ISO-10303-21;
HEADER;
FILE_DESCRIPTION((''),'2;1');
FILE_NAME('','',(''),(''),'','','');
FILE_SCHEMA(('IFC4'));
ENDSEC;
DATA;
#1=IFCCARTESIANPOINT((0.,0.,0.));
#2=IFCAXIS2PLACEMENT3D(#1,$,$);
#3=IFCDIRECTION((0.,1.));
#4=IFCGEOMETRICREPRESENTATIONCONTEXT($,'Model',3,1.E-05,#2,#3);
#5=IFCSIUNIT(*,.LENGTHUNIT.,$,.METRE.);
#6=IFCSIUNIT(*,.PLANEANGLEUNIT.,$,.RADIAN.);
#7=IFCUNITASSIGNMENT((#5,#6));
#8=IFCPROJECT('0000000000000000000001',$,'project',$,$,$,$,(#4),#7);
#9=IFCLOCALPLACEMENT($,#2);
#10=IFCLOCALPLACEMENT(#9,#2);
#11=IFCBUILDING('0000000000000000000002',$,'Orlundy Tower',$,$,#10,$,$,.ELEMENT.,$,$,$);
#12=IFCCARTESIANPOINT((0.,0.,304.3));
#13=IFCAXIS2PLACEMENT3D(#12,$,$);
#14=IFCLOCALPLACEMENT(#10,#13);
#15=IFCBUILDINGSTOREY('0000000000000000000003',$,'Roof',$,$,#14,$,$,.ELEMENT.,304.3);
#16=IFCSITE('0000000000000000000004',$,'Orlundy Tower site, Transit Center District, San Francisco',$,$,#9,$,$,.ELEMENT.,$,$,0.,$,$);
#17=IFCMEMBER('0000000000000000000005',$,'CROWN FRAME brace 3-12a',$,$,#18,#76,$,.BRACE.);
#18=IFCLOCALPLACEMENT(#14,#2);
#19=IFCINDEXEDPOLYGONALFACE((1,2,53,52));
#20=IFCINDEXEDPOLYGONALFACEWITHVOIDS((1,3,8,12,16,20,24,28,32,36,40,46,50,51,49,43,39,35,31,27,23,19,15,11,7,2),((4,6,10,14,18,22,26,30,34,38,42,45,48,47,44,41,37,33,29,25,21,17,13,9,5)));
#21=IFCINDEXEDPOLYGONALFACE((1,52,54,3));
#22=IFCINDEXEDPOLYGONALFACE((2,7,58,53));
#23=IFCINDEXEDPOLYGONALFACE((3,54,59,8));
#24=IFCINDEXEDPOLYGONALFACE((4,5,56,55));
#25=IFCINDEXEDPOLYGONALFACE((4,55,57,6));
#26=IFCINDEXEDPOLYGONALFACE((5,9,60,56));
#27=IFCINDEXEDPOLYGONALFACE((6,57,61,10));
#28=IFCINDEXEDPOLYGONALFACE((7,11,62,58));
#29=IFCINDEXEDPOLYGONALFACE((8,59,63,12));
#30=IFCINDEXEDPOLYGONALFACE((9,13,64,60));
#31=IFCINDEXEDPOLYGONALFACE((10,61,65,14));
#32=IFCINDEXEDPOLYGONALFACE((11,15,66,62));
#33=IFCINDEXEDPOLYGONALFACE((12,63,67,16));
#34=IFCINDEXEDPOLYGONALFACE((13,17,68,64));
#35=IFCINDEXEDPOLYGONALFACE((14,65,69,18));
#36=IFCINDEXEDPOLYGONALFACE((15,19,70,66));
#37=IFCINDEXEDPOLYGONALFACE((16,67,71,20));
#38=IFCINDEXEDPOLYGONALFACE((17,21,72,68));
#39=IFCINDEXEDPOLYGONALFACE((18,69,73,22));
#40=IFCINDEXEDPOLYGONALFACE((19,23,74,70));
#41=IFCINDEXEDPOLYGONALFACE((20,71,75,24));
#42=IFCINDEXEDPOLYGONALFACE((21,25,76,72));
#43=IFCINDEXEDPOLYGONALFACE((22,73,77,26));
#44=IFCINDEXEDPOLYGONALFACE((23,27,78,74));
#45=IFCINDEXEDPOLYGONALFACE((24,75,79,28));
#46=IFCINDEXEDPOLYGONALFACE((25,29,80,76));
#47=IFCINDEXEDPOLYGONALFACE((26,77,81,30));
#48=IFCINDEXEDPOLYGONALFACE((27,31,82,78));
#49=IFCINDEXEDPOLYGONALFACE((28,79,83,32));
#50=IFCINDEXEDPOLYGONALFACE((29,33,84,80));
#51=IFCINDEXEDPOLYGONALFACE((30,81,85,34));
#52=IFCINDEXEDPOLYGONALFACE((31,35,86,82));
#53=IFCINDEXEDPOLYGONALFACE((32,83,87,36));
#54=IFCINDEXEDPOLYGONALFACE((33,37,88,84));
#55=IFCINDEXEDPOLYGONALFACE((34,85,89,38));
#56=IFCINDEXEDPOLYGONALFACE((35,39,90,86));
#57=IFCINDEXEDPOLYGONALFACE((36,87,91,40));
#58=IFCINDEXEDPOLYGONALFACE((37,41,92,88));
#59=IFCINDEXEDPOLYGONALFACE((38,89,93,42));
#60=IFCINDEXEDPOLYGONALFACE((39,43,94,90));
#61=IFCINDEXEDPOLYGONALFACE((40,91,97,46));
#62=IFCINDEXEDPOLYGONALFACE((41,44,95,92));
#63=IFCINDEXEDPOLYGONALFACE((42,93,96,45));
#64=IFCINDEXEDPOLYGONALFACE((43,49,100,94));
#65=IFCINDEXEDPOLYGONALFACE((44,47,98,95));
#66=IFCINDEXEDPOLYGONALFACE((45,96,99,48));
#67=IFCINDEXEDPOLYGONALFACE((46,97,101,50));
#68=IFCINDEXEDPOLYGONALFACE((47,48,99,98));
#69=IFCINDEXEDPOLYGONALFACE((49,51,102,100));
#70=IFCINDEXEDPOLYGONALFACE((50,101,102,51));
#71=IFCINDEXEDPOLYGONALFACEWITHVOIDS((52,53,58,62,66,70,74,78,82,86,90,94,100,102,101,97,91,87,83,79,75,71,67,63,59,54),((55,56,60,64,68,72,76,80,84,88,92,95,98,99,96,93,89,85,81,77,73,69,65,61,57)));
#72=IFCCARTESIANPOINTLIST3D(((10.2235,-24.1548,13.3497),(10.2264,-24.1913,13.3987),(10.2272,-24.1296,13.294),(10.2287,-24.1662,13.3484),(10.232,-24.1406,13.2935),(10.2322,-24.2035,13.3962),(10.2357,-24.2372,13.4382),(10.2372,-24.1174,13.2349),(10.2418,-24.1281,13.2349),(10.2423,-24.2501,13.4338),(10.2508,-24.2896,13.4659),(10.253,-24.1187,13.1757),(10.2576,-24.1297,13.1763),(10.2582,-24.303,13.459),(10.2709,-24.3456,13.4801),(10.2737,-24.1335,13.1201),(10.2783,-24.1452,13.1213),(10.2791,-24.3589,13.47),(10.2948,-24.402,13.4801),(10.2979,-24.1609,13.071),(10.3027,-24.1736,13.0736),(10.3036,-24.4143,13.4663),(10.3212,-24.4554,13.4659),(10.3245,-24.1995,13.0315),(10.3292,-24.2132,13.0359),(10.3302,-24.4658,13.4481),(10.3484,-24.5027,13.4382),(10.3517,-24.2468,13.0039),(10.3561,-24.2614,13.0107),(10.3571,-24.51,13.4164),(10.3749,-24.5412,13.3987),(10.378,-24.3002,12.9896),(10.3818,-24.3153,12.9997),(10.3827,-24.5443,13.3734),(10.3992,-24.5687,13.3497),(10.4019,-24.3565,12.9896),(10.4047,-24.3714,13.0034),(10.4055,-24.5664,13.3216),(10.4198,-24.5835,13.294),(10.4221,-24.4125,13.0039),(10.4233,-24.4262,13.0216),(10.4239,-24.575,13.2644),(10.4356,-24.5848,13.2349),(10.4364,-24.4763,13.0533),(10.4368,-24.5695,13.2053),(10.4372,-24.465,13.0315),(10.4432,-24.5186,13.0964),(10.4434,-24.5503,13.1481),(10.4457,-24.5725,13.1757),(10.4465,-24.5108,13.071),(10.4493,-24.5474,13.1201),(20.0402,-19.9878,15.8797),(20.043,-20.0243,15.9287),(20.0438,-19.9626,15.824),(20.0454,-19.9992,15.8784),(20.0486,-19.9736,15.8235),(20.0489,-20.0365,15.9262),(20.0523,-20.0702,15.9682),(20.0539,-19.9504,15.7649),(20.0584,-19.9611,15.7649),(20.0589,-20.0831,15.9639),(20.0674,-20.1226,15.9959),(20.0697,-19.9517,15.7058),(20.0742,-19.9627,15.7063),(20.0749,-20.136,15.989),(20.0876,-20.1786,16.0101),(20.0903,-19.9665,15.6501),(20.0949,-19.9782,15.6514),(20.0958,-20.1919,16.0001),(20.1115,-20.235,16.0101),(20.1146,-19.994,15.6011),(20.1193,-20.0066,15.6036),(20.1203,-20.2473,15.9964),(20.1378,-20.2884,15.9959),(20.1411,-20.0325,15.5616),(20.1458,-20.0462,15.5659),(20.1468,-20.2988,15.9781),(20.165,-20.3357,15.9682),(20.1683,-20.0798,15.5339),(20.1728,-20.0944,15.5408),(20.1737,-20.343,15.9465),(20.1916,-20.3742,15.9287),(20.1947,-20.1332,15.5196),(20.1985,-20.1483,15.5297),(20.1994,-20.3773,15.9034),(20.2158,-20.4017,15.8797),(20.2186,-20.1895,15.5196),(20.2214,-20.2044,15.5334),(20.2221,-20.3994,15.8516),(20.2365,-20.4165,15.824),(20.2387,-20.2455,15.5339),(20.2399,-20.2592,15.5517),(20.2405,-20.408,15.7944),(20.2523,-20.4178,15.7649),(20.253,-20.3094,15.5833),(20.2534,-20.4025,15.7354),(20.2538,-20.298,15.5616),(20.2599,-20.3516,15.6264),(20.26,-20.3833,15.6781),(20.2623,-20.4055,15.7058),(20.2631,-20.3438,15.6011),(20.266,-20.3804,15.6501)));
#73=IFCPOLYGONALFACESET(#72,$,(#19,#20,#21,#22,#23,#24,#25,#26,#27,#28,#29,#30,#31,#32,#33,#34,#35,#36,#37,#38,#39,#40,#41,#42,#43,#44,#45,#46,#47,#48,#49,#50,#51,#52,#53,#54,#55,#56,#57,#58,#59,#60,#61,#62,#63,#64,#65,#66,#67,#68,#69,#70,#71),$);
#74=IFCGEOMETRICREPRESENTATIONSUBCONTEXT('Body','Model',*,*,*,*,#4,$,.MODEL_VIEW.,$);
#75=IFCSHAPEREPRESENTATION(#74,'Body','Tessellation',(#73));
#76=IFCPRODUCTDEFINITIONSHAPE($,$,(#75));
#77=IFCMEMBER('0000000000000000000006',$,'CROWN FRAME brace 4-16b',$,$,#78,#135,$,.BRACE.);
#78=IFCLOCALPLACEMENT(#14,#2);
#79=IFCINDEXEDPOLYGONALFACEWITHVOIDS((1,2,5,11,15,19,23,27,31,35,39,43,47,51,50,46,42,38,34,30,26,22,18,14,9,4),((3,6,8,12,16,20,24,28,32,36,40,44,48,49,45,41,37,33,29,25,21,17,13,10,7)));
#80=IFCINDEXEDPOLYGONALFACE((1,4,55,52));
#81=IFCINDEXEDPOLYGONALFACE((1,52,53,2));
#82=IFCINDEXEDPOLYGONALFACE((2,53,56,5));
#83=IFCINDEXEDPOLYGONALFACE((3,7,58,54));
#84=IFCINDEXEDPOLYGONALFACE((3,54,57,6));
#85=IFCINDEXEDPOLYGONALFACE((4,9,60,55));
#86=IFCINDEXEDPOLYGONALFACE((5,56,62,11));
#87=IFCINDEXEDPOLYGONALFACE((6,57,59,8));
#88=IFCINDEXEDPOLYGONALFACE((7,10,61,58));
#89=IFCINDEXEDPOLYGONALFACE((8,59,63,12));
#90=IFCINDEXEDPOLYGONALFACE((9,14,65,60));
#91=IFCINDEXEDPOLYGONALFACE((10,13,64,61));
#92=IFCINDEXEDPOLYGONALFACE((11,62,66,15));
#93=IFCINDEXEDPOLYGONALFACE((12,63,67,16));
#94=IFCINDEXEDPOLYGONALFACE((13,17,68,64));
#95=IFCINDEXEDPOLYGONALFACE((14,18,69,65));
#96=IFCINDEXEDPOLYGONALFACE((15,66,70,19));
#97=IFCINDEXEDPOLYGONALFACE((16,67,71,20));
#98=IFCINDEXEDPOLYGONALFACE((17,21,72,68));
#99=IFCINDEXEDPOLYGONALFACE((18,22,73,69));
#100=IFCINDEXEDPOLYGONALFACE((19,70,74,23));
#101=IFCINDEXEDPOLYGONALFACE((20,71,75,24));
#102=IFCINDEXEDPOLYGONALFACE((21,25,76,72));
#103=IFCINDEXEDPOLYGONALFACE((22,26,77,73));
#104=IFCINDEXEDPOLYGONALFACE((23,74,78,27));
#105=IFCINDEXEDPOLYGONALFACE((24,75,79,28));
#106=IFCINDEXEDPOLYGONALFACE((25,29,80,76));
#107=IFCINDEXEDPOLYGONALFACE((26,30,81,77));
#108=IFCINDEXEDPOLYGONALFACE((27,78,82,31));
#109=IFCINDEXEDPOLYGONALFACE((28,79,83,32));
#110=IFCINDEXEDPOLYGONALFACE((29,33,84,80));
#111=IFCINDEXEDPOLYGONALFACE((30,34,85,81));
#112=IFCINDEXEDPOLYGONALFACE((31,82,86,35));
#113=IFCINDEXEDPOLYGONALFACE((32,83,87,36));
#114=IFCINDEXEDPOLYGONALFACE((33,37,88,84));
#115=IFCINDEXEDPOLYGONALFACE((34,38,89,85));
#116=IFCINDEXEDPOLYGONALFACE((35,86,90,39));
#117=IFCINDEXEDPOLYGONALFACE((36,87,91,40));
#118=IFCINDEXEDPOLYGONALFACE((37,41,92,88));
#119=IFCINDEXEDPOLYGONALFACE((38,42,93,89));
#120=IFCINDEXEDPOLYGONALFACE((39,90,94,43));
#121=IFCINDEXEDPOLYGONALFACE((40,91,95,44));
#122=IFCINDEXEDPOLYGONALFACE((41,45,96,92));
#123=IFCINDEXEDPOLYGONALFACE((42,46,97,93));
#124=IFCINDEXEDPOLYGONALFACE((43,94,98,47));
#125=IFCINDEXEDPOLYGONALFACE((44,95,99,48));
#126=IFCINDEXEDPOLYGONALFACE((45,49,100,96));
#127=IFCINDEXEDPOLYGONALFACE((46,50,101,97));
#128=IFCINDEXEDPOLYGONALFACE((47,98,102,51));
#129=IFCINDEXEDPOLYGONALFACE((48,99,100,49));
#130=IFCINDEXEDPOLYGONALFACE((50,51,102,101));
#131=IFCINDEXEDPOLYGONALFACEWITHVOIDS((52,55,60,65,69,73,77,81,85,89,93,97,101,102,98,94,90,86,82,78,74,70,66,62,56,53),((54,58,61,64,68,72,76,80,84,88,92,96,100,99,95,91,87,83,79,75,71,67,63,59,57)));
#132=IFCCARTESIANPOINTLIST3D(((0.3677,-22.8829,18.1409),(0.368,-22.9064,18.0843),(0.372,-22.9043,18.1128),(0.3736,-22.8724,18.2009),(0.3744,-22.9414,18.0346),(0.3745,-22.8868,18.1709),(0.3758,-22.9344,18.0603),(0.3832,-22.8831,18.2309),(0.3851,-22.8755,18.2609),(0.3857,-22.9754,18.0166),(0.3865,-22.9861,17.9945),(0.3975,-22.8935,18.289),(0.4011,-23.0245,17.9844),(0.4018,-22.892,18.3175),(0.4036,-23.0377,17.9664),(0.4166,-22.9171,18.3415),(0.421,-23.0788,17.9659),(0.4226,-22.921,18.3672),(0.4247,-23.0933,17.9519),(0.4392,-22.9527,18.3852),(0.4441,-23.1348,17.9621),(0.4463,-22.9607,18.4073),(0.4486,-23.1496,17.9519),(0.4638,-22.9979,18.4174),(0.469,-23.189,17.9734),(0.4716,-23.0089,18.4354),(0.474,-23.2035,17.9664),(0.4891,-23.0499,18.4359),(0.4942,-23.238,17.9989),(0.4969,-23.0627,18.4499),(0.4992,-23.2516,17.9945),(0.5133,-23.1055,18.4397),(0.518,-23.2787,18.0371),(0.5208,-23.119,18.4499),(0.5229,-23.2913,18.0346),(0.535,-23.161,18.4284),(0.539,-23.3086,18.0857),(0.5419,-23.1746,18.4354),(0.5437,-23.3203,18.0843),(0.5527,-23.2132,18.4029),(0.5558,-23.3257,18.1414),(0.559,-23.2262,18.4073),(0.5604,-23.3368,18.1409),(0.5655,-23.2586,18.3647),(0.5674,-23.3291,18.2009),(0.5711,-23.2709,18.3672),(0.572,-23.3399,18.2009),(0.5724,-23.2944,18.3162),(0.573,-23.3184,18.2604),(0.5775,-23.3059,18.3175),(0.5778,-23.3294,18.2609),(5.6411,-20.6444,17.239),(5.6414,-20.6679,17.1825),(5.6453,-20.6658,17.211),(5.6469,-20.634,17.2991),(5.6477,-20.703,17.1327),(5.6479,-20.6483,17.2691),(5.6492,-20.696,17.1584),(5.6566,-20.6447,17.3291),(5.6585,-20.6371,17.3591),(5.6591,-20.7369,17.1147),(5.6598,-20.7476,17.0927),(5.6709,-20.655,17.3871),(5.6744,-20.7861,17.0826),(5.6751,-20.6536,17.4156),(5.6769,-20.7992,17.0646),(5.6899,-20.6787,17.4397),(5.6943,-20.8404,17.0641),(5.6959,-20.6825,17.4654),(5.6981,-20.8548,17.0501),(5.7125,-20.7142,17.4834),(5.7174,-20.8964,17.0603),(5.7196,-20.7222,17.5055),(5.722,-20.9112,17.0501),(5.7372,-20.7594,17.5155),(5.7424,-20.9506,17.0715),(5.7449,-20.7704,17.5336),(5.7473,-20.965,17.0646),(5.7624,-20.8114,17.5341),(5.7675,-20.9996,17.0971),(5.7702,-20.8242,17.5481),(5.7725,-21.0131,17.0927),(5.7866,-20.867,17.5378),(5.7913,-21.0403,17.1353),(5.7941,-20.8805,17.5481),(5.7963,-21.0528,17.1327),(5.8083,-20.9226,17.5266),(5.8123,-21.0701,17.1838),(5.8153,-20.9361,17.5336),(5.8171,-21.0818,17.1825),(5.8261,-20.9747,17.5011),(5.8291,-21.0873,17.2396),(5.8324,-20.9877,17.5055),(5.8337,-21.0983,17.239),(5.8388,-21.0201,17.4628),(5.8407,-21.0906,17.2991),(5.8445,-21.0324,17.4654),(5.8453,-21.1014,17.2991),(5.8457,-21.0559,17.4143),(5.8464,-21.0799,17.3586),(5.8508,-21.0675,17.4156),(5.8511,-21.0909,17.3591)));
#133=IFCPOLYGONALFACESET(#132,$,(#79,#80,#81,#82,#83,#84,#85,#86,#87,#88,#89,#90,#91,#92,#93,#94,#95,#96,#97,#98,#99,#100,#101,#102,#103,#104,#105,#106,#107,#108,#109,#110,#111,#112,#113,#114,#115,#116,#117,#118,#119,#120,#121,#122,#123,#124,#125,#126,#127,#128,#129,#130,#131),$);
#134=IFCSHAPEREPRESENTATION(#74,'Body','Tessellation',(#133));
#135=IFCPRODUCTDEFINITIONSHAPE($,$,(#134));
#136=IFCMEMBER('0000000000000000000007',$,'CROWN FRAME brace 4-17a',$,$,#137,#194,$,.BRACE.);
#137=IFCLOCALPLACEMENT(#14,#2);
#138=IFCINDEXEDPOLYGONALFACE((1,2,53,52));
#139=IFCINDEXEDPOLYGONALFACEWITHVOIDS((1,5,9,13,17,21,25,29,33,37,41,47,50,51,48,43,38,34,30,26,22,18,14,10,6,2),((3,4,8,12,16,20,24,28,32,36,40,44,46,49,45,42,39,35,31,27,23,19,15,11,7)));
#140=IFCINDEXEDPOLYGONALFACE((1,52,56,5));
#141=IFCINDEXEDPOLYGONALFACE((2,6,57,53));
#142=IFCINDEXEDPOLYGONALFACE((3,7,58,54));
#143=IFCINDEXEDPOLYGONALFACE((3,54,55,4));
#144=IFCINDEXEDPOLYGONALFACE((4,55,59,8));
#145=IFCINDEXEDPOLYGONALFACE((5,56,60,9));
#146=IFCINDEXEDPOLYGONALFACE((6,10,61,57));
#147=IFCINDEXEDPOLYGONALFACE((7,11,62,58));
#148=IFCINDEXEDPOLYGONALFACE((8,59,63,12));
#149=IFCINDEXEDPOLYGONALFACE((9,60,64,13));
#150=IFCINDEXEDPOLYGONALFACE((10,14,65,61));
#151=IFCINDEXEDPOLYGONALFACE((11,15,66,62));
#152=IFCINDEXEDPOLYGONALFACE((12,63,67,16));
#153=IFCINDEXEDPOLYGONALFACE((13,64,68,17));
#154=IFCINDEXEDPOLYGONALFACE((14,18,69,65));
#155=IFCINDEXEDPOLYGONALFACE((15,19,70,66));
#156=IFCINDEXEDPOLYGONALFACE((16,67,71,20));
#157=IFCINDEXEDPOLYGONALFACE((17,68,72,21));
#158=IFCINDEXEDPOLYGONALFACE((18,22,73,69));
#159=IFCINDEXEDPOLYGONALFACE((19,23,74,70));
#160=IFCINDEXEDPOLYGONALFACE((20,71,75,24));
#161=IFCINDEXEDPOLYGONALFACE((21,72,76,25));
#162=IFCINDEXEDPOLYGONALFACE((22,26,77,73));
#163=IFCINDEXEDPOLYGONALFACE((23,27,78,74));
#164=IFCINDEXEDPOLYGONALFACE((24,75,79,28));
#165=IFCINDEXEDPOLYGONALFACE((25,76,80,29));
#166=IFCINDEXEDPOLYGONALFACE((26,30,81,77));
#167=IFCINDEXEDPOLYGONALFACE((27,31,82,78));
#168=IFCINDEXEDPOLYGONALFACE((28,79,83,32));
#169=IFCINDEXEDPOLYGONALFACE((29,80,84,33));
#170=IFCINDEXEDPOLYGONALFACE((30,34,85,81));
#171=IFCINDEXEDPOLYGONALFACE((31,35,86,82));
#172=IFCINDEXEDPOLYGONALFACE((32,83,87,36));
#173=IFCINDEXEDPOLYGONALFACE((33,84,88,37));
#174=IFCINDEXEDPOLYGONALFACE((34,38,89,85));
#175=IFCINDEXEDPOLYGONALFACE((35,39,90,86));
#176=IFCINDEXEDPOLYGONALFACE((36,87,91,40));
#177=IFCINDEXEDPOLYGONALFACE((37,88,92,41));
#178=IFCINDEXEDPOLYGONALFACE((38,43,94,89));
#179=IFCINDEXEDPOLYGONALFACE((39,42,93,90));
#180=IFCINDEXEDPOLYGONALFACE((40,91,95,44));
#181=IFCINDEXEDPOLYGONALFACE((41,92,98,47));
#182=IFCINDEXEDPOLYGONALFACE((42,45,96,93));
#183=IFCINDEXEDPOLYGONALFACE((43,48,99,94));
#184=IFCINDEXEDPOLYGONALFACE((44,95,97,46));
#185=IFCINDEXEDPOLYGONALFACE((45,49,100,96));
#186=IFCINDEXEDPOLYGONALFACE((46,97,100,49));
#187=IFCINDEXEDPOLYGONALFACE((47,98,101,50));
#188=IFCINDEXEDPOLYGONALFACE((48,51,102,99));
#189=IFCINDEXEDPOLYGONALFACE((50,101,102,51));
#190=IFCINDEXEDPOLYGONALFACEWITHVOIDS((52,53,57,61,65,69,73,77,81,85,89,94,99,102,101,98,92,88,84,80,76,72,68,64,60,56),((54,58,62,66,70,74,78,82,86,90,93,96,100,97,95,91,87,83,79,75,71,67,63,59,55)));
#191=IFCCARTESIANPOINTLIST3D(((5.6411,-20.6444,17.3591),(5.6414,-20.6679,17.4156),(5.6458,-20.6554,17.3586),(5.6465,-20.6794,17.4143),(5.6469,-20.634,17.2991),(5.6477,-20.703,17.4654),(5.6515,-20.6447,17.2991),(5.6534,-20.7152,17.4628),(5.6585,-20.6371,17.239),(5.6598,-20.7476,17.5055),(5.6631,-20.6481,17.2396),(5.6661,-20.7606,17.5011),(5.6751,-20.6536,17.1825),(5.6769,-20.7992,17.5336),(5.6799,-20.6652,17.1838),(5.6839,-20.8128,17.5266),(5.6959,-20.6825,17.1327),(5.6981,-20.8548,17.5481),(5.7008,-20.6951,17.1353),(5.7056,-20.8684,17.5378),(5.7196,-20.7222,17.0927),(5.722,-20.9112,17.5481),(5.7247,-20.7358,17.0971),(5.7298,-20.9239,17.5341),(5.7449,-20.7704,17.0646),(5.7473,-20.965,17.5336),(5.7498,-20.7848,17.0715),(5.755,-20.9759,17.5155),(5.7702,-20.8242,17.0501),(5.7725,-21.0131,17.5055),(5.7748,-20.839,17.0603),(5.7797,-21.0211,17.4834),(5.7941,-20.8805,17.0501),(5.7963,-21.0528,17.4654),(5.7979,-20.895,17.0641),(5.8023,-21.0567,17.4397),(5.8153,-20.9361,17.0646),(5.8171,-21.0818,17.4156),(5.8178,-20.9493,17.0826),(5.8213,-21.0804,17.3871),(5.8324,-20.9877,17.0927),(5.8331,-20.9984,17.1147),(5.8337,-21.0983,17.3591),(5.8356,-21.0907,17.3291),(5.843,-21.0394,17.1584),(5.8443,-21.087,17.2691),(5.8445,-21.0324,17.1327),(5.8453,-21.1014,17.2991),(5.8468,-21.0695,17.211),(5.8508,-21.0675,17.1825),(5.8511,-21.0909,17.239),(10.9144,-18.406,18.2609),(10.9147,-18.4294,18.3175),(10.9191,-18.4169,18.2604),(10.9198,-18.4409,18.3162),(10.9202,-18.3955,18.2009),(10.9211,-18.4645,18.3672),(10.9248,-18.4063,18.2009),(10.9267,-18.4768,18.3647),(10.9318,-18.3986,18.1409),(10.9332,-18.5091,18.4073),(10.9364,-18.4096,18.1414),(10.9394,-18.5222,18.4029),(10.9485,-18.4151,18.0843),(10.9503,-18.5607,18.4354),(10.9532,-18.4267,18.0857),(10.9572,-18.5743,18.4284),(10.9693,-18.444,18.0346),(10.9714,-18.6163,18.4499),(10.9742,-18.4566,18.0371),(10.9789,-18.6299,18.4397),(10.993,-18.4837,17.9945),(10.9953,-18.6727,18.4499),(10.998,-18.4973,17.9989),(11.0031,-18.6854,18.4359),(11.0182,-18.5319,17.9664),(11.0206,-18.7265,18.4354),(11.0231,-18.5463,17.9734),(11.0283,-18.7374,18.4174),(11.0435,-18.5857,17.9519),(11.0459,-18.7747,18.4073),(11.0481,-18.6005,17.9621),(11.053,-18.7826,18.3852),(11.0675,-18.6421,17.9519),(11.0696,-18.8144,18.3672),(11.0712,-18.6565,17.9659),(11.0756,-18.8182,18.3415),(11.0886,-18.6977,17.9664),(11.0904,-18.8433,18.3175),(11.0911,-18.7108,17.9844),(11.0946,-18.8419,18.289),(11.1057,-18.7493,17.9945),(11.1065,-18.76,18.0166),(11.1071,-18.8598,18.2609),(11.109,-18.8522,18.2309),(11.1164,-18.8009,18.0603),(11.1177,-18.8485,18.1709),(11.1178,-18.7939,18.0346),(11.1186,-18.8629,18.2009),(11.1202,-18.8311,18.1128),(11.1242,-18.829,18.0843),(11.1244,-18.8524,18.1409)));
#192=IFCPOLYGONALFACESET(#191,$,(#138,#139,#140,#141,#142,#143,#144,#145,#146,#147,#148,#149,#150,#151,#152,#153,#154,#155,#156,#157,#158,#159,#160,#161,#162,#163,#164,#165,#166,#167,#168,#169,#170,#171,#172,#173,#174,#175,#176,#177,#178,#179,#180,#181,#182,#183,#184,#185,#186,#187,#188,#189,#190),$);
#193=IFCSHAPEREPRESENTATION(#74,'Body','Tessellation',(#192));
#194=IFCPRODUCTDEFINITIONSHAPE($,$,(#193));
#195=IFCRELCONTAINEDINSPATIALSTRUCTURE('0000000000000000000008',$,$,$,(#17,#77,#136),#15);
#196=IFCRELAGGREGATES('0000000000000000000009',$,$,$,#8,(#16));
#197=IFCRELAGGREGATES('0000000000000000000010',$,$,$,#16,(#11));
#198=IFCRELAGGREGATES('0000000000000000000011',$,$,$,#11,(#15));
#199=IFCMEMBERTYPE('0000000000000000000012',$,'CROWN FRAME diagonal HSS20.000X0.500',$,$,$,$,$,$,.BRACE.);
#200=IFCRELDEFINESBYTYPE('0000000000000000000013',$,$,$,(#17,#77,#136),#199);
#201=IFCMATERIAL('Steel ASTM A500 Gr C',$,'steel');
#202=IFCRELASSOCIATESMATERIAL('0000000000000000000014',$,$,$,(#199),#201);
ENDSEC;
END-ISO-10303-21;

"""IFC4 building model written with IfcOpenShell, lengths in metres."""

from ifc_helpers import new_model, si_unit, direction, frame, origin, origin_2d, place, context, subcontext, project, spatial, hollow_circle, extrude, material, material_profile, profile_set, type_object, element, save


model = new_model("IFC4")

# Units and contexts
model_context = context("Model", 3, precision=1e-05, world=origin(), true_north=direction((0.0, 1.0)))
body_context = subcontext(model_context, "Body", "Model", "MODEL_VIEW")
ifc_project = project(units=[si_unit("LENGTHUNIT", "METRE"), si_unit("PLANEANGLEUNIT", "RADIAN")], contexts=[model_context])

# Site, building, storey
site_placement = place(None, origin())
site = spatial("IfcSite", under=ifc_project, at=site_placement, Name="Orlundy Tower site, Transit Center District, San Francisco", CompositionType="ELEMENT", RefElevation=0.0)
building_placement = place(site_placement, origin())
building = spatial("IfcBuilding", under=site, at=building_placement, Name="Orlundy Tower", CompositionType="ELEMENT")
storey_placement = place(building_placement, frame((0.0, 0.0, 304.3)))
storey = spatial("IfcBuildingStorey", under=building, at=storey_placement, Name="Roof", CompositionType="ELEMENT", Elevation=304.3)

# Members
ifc_material_1 = material(Name="Steel ASTM A500 Gr C", Category="steel")
ifc_material_profile_1 = material_profile(ifc_material_1, hollow_circle(Radius=0.2539, WallThickness=0.0117, at=origin_2d()), Name="HSS20.000X0.500")
ifc_profile_set_1 = profile_set([ifc_material_profile_1], Name="Steel ASTM A500 Gr C")
member_type_1 = type_object("IfcMemberType", Name="CROWN FRAME diagonal HSS20.000X0.500", PredefinedType="BRACE", material=ifc_profile_set_1)
member_1_placement = place(storey_placement, frame((10.3364, -24.3511, 13.2349), z_axis=(0.895643, 0.380184, 0.230833), x_axis=(-0.390737, 0.920502, 0.0)))
element("IfcMember", 1, at=member_1_placement, inside=storey, type_object=member_type_1, Name="CROWN FRAME brace 3-12a", PredefinedType="BRACE", context=body_context, shape_type="SweptSolid", body=[
    extrude(hollow_circle(Radius=0.2539, WallThickness=0.0117, at=origin_2d()), origin(), (0.0, 0.0, 1.0), 10.9604),
])
for number, where, z_axis, x_axis, name in (
    (2, (5.7461, -20.8677, 17.2991), (-0.909301, -0.38599, 0.155507), (0.390744, -0.9205, 0.0), "CROWN FRAME brace 4-16b"),
    (3, (5.7461, -20.8677, 17.2991), (0.909301, 0.38599, 0.155507), (-0.390744, 0.9205, 0.0), "CROWN FRAME brace 4-17a"),
):
    element("IfcMember", number, at=place(storey_placement, frame(where, z_axis=z_axis, x_axis=x_axis)), inside=storey, type_object=member_type_1, Name=name, PredefinedType="BRACE", context=body_context, shape_type="SweptSolid", body=[
        extrude(hollow_circle(Radius=0.2539, WallThickness=0.0117, at=origin_2d()), origin(), (0.0, 0.0, 1.0), 5.7993),
    ])

save(model, "model.ifc")
